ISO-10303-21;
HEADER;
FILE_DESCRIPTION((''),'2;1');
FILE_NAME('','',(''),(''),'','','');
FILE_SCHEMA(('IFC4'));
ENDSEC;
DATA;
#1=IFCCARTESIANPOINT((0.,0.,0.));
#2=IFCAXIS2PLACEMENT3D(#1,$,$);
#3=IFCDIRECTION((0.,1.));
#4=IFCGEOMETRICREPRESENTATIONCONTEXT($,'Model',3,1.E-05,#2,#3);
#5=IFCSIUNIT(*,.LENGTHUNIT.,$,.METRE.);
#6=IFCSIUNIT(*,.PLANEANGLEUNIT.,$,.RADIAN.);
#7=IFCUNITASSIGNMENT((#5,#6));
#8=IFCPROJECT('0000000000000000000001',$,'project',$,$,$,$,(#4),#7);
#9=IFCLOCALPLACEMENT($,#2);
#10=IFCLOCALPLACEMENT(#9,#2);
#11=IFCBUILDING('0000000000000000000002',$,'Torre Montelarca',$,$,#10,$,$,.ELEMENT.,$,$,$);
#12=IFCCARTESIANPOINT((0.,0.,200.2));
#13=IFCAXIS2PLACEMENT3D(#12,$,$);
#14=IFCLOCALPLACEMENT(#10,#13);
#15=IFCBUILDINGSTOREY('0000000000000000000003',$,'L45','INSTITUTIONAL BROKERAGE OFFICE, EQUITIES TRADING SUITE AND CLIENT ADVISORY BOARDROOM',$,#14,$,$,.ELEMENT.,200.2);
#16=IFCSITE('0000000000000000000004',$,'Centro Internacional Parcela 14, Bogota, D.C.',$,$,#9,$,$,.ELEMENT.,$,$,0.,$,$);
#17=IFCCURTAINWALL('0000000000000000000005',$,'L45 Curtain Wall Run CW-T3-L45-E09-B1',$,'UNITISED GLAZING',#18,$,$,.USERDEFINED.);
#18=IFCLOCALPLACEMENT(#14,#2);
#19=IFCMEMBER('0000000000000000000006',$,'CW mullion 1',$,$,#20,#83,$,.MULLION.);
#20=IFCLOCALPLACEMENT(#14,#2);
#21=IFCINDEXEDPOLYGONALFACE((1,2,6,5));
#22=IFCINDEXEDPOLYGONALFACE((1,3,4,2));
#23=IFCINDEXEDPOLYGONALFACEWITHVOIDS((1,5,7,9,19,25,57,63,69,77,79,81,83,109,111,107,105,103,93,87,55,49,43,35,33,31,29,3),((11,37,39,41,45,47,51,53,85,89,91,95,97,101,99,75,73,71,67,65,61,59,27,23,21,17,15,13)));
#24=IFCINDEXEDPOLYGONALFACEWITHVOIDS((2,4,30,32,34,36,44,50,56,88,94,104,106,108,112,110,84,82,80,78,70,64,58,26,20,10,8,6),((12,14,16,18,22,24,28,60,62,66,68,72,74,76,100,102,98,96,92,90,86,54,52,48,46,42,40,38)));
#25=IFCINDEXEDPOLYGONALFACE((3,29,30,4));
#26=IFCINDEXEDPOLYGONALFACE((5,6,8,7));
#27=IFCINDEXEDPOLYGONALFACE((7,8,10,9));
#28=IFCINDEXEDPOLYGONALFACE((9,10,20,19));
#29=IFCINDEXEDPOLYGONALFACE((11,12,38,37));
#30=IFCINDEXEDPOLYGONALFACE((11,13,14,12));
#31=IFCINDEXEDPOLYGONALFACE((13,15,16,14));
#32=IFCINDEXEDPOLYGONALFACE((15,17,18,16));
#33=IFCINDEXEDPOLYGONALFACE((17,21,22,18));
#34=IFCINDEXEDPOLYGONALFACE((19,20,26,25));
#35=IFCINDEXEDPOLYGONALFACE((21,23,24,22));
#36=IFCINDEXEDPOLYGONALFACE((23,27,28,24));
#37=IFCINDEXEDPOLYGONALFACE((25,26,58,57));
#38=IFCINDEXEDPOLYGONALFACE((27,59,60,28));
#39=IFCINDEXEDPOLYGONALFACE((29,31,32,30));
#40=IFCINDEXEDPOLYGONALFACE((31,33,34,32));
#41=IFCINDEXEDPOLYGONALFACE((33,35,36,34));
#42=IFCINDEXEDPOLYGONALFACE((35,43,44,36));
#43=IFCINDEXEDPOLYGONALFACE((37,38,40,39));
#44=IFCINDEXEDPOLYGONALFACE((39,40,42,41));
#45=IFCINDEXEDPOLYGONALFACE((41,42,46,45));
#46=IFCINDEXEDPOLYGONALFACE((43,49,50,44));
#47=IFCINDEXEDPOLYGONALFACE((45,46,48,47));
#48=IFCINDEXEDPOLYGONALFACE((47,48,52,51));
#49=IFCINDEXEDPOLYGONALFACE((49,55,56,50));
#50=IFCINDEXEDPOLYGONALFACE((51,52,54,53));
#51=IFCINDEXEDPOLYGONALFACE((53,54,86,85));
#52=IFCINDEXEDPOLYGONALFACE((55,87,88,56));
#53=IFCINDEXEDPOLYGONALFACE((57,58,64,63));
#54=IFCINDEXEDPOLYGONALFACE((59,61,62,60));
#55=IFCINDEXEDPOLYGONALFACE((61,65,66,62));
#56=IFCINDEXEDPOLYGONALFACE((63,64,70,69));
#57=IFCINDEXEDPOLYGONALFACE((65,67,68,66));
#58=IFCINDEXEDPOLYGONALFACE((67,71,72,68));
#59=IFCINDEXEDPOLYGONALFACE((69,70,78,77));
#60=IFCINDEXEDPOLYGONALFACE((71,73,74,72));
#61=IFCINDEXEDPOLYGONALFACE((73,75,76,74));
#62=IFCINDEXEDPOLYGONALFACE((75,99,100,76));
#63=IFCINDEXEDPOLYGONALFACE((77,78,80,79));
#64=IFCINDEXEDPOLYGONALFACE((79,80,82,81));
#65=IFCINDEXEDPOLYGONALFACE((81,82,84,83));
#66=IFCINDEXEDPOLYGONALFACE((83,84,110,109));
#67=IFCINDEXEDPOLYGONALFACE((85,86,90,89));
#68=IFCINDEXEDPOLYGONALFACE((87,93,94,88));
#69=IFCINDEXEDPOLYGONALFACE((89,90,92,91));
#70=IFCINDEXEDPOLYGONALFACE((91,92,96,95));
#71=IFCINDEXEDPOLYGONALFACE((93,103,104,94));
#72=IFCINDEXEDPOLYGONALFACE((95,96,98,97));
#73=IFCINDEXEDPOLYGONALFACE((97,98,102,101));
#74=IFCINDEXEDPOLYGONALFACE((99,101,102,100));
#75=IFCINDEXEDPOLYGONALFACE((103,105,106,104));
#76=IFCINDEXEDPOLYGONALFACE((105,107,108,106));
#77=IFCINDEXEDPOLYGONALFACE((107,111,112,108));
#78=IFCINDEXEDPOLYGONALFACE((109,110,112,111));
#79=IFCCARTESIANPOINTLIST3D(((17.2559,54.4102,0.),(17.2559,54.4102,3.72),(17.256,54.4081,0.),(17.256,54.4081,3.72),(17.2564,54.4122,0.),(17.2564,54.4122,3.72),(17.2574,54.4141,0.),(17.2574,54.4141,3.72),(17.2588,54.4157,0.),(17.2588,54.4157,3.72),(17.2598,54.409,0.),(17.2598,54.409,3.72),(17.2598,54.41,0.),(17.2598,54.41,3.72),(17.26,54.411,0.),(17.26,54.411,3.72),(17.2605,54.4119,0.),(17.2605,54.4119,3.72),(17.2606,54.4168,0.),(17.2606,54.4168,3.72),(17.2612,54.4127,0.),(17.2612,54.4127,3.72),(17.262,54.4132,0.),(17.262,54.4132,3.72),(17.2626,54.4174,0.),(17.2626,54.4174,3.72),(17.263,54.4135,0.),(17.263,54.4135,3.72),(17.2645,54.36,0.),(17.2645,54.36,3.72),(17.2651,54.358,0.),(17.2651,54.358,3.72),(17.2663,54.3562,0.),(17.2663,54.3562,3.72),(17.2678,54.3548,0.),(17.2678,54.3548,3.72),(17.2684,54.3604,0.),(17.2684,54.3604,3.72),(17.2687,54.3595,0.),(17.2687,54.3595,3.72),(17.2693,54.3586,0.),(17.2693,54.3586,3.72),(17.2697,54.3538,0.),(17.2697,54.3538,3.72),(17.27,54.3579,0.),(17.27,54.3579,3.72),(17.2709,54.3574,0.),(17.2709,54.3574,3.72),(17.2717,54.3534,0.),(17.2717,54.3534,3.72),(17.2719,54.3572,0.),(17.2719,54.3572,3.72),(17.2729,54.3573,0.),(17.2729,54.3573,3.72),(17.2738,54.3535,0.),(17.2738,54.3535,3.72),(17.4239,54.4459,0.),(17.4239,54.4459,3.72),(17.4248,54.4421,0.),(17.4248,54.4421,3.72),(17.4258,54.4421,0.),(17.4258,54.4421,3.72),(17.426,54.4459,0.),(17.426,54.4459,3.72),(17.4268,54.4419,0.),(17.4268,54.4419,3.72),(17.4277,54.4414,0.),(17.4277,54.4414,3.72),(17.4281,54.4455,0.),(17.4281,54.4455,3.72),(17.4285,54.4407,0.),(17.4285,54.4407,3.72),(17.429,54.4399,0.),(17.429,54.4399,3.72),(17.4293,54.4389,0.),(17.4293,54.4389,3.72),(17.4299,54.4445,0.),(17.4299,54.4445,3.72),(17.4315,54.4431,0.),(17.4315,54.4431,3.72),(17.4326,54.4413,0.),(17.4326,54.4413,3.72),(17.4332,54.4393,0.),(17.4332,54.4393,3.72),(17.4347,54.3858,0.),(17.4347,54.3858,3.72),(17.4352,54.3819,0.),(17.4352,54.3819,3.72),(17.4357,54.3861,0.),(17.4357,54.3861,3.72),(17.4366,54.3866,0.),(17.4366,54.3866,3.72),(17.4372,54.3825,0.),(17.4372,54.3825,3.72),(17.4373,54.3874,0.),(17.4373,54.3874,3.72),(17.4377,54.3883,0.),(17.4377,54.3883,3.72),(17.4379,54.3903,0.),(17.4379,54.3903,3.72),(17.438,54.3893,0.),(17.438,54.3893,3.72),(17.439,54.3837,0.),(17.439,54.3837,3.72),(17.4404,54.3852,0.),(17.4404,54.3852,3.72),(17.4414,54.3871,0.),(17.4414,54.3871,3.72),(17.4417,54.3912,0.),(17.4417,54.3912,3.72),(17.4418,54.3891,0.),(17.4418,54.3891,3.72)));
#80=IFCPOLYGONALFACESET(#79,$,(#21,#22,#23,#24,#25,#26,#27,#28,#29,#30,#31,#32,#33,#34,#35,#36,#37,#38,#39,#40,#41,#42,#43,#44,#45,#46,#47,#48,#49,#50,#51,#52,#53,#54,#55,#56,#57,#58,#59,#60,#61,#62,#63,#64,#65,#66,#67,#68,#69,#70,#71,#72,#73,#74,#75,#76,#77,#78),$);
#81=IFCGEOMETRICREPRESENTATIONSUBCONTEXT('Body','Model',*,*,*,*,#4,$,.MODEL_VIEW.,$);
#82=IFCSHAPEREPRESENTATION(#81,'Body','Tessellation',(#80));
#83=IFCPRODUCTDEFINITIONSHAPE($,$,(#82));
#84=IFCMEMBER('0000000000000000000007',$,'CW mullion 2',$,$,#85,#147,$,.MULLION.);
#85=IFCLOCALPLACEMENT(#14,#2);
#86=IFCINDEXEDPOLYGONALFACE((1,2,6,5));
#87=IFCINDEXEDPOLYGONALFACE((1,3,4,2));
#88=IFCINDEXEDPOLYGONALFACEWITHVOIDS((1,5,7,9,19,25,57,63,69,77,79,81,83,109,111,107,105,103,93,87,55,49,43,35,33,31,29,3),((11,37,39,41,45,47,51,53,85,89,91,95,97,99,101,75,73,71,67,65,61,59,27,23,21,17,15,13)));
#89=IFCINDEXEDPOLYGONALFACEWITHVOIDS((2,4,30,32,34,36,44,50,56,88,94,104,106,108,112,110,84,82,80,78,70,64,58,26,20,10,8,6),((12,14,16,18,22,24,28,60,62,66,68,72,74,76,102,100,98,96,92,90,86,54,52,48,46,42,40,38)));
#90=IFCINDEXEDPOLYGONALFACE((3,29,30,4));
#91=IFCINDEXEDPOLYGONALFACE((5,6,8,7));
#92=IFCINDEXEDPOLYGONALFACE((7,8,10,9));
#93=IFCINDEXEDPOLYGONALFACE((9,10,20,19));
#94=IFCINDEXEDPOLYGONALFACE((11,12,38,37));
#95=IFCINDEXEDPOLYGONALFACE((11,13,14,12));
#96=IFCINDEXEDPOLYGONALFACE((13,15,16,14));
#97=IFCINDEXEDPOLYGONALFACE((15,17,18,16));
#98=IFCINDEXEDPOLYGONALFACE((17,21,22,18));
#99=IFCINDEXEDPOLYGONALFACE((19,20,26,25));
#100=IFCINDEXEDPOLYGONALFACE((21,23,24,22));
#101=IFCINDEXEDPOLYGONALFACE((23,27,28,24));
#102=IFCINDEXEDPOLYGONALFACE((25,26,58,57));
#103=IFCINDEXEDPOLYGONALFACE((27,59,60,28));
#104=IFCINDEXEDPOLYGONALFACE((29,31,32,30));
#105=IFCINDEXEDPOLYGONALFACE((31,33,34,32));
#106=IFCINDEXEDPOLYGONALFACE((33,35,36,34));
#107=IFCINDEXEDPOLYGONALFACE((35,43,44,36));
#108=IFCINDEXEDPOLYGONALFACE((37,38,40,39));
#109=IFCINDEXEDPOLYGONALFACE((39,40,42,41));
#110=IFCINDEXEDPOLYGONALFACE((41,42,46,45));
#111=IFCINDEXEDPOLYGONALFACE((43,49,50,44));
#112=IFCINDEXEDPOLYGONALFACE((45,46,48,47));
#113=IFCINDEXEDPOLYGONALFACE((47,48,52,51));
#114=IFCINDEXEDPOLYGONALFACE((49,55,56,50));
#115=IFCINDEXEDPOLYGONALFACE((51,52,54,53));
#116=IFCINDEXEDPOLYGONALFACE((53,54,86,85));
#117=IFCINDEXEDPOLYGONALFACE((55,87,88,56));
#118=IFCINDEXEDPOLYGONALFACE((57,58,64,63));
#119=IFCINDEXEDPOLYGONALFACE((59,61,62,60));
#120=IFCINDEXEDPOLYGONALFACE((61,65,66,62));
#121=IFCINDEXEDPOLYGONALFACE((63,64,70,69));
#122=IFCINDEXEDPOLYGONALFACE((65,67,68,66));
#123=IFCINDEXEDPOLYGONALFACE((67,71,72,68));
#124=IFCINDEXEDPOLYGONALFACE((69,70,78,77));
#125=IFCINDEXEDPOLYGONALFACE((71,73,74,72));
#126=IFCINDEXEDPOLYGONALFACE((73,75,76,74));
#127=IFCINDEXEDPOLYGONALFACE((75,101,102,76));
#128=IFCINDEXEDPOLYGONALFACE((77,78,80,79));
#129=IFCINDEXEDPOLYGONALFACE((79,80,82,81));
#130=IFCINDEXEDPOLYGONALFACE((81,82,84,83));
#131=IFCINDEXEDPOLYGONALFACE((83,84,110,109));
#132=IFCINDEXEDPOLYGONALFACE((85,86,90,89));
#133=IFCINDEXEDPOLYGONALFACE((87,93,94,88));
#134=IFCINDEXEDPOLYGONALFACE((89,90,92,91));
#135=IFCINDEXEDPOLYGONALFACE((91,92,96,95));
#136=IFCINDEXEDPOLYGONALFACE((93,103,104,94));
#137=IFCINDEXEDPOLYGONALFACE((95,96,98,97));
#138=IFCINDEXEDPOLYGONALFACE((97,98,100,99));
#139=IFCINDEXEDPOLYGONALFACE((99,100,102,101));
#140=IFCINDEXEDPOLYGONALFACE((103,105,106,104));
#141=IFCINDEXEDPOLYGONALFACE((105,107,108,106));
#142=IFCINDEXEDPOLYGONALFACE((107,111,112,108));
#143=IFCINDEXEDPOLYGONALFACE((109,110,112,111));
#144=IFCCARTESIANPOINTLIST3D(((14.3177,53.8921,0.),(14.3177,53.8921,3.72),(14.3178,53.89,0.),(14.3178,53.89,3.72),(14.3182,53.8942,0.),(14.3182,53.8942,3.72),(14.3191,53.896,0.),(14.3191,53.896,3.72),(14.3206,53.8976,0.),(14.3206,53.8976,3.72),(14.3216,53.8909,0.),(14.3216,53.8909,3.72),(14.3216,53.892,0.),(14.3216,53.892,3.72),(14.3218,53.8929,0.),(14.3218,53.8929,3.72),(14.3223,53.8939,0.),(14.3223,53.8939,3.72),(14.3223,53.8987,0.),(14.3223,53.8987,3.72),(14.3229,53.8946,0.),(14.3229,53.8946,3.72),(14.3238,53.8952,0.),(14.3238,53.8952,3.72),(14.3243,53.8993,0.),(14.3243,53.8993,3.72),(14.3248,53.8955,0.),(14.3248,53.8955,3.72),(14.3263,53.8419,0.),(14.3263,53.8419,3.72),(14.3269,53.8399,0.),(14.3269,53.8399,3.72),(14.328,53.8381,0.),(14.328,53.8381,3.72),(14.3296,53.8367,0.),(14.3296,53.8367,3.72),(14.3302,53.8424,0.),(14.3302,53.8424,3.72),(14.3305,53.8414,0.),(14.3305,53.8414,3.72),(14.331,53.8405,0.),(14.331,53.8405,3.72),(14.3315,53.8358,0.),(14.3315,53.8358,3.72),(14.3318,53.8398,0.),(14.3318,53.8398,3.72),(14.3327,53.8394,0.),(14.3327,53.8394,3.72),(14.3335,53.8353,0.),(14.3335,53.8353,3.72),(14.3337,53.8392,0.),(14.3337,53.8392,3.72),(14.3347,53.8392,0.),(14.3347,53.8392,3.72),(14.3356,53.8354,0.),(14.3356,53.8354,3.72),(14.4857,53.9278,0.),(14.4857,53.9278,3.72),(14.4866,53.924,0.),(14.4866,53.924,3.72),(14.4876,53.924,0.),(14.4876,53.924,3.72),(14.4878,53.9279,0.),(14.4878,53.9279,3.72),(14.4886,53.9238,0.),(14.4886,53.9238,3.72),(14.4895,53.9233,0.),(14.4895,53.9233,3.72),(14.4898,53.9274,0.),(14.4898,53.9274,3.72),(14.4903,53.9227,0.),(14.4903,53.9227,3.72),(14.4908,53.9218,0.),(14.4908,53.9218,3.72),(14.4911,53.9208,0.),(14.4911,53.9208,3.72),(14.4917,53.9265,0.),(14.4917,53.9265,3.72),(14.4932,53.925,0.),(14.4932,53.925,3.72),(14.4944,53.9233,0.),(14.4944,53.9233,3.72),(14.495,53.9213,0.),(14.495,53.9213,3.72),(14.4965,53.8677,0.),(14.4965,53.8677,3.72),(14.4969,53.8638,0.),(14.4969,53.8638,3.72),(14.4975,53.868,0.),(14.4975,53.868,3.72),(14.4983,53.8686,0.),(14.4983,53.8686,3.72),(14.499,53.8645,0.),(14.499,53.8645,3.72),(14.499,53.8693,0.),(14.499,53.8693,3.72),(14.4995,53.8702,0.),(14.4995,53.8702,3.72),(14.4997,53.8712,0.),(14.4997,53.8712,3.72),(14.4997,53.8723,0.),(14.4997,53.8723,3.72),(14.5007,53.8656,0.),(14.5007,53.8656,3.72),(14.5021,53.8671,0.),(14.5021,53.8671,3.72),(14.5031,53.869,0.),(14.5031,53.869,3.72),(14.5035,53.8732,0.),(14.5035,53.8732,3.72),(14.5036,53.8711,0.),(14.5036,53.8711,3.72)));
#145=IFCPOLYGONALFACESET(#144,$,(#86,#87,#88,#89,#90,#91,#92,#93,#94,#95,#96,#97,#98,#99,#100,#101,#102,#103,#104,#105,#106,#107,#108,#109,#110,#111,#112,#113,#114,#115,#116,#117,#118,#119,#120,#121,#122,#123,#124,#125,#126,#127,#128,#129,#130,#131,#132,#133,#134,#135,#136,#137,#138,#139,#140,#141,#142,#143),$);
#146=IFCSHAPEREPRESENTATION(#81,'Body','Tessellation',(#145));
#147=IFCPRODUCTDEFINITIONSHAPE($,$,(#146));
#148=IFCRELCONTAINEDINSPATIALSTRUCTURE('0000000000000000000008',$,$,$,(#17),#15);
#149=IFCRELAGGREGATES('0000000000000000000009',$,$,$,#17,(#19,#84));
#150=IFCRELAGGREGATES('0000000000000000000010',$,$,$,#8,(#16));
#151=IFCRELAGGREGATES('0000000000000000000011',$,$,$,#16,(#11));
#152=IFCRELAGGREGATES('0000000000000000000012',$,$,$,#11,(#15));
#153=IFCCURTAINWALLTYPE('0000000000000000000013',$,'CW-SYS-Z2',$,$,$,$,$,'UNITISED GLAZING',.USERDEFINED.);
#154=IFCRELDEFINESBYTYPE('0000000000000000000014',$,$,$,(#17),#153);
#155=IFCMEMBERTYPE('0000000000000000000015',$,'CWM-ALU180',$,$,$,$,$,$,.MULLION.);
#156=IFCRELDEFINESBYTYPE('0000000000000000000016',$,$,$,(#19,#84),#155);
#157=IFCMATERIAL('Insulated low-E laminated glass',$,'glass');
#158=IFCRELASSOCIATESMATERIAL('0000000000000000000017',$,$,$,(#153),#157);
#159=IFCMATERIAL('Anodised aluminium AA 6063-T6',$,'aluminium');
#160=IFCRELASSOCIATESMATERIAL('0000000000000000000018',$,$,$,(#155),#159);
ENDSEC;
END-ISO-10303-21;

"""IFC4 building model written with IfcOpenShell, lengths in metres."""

from ifc_helpers import new_model, si_unit, direction, frame, origin, origin_2d, place, context, subcontext, project, spatial, hollow_rectangle, extrude, source, transform, mapped, material, material_profile, profile_set, type_object, element, aggregate, save


model = new_model("IFC4")

# Units and contexts
model_context = context("Model", 3, precision=1e-05, world=origin(), true_north=direction((0.0, 1.0)))
body_context = subcontext(model_context, "Body", "Model", "MODEL_VIEW")
ifc_project = project(units=[si_unit("LENGTHUNIT", "METRE"), si_unit("PLANEANGLEUNIT", "RADIAN")], contexts=[model_context])

# Site, building, storey
site_placement = place(None, origin())
site = spatial("IfcSite", under=ifc_project, at=site_placement, Name="Centro Internacional Parcela 14, Bogota, D.C.", CompositionType="ELEMENT", RefElevation=0.0)
building_placement = place(site_placement, origin())
building = spatial("IfcBuilding", under=site, at=building_placement, Name="Torre Montelarca", CompositionType="ELEMENT")
storey_placement = place(building_placement, frame((0.0, 0.0, 200.2)))
storey = spatial("IfcBuildingStorey", under=building, at=storey_placement, Name="L45", Description="INSTITUTIONAL BROKERAGE OFFICE, EQUITIES TRADING SUITE AND CLIENT ADVISORY BOARDROOM", CompositionType="ELEMENT", Elevation=200.2)

# Curtain wall, members
ifc_material_1 = material(Name="Insulated low-E laminated glass", Category="glass")
curtain_wall_type = type_object("IfcCurtainWallType", Name="CW-SYS-Z2", ElementType="UNITISED GLAZING", PredefinedType="USERDEFINED", material=ifc_material_1)
curtain_wall_1_placement = place(storey_placement, origin())
curtain_wall_1 = element("IfcCurtainWall", 1, at=curtain_wall_1_placement, inside=storey, type_object=curtain_wall_type, Name="L45 Curtain Wall Run CW-T3-L45-E09-B1", ObjectType="UNITISED GLAZING", PredefinedType="USERDEFINED")
ifc_material_2 = material(Name="Anodised aluminium AA 6063-T6", Category="aluminium")
ifc_material_profile_1 = material_profile(ifc_material_2, hollow_rectangle(XDim=0.0649, YDim=0.1799, WallThickness=0.0039, InnerFilletRadius=0.0039, OuterFilletRadius=0.0081, at=origin_2d()), Name="ALU65X180X4", Category="aluminium")
ifc_profile_set_1 = profile_set([ifc_material_profile_1], Name="Anodised aluminium AA 6063-T6")
member_type_1 = type_object("IfcMemberType", Name="CWM-ALU180", PredefinedType="MULLION", material=ifc_profile_set_1)
shared_shape_1 = source(origin(), body_context, "Body", "SweptSolid", [
    extrude(hollow_rectangle(XDim=0.0649, YDim=0.1799, WallThickness=0.0039, InnerFilletRadius=0.0039, OuterFilletRadius=0.0081, at=origin_2d()), origin(), (0.0, 0.0, 1.0), 3.72),
])
member_1_placement = place(storey_placement, frame((17.3489, 54.3997, 0.0), z_axis=(0.0, 0.0, 1.0), x_axis=(0.173634, -0.98481, 0.0)))
member_1 = element("IfcMember", 2, at=member_1_placement, type_object=member_type_1, Name="CW mullion 1", PredefinedType="MULLION", context=body_context, shape_type="MappedRepresentation", body=[
    mapped(shared_shape_1, transform((0.0, 0.0, 0.0), scale=1.0)),
])
member_2_placement = place(storey_placement, frame((14.4106, 53.8816, 0.0), z_axis=(0.0, 0.0, 1.0), x_axis=(0.173634, -0.98481, 0.0)))
member_2 = element("IfcMember", 3, at=member_2_placement, type_object=member_type_1, Name="CW mullion 2", PredefinedType="MULLION", context=body_context, shape_type="MappedRepresentation", body=[
    mapped(shared_shape_1, transform((0.0, 0.0, 0.0), scale=1.0)),
])

aggregate(curtain_wall_1, [member_1, member_2])

save(model, "model.ifc")
